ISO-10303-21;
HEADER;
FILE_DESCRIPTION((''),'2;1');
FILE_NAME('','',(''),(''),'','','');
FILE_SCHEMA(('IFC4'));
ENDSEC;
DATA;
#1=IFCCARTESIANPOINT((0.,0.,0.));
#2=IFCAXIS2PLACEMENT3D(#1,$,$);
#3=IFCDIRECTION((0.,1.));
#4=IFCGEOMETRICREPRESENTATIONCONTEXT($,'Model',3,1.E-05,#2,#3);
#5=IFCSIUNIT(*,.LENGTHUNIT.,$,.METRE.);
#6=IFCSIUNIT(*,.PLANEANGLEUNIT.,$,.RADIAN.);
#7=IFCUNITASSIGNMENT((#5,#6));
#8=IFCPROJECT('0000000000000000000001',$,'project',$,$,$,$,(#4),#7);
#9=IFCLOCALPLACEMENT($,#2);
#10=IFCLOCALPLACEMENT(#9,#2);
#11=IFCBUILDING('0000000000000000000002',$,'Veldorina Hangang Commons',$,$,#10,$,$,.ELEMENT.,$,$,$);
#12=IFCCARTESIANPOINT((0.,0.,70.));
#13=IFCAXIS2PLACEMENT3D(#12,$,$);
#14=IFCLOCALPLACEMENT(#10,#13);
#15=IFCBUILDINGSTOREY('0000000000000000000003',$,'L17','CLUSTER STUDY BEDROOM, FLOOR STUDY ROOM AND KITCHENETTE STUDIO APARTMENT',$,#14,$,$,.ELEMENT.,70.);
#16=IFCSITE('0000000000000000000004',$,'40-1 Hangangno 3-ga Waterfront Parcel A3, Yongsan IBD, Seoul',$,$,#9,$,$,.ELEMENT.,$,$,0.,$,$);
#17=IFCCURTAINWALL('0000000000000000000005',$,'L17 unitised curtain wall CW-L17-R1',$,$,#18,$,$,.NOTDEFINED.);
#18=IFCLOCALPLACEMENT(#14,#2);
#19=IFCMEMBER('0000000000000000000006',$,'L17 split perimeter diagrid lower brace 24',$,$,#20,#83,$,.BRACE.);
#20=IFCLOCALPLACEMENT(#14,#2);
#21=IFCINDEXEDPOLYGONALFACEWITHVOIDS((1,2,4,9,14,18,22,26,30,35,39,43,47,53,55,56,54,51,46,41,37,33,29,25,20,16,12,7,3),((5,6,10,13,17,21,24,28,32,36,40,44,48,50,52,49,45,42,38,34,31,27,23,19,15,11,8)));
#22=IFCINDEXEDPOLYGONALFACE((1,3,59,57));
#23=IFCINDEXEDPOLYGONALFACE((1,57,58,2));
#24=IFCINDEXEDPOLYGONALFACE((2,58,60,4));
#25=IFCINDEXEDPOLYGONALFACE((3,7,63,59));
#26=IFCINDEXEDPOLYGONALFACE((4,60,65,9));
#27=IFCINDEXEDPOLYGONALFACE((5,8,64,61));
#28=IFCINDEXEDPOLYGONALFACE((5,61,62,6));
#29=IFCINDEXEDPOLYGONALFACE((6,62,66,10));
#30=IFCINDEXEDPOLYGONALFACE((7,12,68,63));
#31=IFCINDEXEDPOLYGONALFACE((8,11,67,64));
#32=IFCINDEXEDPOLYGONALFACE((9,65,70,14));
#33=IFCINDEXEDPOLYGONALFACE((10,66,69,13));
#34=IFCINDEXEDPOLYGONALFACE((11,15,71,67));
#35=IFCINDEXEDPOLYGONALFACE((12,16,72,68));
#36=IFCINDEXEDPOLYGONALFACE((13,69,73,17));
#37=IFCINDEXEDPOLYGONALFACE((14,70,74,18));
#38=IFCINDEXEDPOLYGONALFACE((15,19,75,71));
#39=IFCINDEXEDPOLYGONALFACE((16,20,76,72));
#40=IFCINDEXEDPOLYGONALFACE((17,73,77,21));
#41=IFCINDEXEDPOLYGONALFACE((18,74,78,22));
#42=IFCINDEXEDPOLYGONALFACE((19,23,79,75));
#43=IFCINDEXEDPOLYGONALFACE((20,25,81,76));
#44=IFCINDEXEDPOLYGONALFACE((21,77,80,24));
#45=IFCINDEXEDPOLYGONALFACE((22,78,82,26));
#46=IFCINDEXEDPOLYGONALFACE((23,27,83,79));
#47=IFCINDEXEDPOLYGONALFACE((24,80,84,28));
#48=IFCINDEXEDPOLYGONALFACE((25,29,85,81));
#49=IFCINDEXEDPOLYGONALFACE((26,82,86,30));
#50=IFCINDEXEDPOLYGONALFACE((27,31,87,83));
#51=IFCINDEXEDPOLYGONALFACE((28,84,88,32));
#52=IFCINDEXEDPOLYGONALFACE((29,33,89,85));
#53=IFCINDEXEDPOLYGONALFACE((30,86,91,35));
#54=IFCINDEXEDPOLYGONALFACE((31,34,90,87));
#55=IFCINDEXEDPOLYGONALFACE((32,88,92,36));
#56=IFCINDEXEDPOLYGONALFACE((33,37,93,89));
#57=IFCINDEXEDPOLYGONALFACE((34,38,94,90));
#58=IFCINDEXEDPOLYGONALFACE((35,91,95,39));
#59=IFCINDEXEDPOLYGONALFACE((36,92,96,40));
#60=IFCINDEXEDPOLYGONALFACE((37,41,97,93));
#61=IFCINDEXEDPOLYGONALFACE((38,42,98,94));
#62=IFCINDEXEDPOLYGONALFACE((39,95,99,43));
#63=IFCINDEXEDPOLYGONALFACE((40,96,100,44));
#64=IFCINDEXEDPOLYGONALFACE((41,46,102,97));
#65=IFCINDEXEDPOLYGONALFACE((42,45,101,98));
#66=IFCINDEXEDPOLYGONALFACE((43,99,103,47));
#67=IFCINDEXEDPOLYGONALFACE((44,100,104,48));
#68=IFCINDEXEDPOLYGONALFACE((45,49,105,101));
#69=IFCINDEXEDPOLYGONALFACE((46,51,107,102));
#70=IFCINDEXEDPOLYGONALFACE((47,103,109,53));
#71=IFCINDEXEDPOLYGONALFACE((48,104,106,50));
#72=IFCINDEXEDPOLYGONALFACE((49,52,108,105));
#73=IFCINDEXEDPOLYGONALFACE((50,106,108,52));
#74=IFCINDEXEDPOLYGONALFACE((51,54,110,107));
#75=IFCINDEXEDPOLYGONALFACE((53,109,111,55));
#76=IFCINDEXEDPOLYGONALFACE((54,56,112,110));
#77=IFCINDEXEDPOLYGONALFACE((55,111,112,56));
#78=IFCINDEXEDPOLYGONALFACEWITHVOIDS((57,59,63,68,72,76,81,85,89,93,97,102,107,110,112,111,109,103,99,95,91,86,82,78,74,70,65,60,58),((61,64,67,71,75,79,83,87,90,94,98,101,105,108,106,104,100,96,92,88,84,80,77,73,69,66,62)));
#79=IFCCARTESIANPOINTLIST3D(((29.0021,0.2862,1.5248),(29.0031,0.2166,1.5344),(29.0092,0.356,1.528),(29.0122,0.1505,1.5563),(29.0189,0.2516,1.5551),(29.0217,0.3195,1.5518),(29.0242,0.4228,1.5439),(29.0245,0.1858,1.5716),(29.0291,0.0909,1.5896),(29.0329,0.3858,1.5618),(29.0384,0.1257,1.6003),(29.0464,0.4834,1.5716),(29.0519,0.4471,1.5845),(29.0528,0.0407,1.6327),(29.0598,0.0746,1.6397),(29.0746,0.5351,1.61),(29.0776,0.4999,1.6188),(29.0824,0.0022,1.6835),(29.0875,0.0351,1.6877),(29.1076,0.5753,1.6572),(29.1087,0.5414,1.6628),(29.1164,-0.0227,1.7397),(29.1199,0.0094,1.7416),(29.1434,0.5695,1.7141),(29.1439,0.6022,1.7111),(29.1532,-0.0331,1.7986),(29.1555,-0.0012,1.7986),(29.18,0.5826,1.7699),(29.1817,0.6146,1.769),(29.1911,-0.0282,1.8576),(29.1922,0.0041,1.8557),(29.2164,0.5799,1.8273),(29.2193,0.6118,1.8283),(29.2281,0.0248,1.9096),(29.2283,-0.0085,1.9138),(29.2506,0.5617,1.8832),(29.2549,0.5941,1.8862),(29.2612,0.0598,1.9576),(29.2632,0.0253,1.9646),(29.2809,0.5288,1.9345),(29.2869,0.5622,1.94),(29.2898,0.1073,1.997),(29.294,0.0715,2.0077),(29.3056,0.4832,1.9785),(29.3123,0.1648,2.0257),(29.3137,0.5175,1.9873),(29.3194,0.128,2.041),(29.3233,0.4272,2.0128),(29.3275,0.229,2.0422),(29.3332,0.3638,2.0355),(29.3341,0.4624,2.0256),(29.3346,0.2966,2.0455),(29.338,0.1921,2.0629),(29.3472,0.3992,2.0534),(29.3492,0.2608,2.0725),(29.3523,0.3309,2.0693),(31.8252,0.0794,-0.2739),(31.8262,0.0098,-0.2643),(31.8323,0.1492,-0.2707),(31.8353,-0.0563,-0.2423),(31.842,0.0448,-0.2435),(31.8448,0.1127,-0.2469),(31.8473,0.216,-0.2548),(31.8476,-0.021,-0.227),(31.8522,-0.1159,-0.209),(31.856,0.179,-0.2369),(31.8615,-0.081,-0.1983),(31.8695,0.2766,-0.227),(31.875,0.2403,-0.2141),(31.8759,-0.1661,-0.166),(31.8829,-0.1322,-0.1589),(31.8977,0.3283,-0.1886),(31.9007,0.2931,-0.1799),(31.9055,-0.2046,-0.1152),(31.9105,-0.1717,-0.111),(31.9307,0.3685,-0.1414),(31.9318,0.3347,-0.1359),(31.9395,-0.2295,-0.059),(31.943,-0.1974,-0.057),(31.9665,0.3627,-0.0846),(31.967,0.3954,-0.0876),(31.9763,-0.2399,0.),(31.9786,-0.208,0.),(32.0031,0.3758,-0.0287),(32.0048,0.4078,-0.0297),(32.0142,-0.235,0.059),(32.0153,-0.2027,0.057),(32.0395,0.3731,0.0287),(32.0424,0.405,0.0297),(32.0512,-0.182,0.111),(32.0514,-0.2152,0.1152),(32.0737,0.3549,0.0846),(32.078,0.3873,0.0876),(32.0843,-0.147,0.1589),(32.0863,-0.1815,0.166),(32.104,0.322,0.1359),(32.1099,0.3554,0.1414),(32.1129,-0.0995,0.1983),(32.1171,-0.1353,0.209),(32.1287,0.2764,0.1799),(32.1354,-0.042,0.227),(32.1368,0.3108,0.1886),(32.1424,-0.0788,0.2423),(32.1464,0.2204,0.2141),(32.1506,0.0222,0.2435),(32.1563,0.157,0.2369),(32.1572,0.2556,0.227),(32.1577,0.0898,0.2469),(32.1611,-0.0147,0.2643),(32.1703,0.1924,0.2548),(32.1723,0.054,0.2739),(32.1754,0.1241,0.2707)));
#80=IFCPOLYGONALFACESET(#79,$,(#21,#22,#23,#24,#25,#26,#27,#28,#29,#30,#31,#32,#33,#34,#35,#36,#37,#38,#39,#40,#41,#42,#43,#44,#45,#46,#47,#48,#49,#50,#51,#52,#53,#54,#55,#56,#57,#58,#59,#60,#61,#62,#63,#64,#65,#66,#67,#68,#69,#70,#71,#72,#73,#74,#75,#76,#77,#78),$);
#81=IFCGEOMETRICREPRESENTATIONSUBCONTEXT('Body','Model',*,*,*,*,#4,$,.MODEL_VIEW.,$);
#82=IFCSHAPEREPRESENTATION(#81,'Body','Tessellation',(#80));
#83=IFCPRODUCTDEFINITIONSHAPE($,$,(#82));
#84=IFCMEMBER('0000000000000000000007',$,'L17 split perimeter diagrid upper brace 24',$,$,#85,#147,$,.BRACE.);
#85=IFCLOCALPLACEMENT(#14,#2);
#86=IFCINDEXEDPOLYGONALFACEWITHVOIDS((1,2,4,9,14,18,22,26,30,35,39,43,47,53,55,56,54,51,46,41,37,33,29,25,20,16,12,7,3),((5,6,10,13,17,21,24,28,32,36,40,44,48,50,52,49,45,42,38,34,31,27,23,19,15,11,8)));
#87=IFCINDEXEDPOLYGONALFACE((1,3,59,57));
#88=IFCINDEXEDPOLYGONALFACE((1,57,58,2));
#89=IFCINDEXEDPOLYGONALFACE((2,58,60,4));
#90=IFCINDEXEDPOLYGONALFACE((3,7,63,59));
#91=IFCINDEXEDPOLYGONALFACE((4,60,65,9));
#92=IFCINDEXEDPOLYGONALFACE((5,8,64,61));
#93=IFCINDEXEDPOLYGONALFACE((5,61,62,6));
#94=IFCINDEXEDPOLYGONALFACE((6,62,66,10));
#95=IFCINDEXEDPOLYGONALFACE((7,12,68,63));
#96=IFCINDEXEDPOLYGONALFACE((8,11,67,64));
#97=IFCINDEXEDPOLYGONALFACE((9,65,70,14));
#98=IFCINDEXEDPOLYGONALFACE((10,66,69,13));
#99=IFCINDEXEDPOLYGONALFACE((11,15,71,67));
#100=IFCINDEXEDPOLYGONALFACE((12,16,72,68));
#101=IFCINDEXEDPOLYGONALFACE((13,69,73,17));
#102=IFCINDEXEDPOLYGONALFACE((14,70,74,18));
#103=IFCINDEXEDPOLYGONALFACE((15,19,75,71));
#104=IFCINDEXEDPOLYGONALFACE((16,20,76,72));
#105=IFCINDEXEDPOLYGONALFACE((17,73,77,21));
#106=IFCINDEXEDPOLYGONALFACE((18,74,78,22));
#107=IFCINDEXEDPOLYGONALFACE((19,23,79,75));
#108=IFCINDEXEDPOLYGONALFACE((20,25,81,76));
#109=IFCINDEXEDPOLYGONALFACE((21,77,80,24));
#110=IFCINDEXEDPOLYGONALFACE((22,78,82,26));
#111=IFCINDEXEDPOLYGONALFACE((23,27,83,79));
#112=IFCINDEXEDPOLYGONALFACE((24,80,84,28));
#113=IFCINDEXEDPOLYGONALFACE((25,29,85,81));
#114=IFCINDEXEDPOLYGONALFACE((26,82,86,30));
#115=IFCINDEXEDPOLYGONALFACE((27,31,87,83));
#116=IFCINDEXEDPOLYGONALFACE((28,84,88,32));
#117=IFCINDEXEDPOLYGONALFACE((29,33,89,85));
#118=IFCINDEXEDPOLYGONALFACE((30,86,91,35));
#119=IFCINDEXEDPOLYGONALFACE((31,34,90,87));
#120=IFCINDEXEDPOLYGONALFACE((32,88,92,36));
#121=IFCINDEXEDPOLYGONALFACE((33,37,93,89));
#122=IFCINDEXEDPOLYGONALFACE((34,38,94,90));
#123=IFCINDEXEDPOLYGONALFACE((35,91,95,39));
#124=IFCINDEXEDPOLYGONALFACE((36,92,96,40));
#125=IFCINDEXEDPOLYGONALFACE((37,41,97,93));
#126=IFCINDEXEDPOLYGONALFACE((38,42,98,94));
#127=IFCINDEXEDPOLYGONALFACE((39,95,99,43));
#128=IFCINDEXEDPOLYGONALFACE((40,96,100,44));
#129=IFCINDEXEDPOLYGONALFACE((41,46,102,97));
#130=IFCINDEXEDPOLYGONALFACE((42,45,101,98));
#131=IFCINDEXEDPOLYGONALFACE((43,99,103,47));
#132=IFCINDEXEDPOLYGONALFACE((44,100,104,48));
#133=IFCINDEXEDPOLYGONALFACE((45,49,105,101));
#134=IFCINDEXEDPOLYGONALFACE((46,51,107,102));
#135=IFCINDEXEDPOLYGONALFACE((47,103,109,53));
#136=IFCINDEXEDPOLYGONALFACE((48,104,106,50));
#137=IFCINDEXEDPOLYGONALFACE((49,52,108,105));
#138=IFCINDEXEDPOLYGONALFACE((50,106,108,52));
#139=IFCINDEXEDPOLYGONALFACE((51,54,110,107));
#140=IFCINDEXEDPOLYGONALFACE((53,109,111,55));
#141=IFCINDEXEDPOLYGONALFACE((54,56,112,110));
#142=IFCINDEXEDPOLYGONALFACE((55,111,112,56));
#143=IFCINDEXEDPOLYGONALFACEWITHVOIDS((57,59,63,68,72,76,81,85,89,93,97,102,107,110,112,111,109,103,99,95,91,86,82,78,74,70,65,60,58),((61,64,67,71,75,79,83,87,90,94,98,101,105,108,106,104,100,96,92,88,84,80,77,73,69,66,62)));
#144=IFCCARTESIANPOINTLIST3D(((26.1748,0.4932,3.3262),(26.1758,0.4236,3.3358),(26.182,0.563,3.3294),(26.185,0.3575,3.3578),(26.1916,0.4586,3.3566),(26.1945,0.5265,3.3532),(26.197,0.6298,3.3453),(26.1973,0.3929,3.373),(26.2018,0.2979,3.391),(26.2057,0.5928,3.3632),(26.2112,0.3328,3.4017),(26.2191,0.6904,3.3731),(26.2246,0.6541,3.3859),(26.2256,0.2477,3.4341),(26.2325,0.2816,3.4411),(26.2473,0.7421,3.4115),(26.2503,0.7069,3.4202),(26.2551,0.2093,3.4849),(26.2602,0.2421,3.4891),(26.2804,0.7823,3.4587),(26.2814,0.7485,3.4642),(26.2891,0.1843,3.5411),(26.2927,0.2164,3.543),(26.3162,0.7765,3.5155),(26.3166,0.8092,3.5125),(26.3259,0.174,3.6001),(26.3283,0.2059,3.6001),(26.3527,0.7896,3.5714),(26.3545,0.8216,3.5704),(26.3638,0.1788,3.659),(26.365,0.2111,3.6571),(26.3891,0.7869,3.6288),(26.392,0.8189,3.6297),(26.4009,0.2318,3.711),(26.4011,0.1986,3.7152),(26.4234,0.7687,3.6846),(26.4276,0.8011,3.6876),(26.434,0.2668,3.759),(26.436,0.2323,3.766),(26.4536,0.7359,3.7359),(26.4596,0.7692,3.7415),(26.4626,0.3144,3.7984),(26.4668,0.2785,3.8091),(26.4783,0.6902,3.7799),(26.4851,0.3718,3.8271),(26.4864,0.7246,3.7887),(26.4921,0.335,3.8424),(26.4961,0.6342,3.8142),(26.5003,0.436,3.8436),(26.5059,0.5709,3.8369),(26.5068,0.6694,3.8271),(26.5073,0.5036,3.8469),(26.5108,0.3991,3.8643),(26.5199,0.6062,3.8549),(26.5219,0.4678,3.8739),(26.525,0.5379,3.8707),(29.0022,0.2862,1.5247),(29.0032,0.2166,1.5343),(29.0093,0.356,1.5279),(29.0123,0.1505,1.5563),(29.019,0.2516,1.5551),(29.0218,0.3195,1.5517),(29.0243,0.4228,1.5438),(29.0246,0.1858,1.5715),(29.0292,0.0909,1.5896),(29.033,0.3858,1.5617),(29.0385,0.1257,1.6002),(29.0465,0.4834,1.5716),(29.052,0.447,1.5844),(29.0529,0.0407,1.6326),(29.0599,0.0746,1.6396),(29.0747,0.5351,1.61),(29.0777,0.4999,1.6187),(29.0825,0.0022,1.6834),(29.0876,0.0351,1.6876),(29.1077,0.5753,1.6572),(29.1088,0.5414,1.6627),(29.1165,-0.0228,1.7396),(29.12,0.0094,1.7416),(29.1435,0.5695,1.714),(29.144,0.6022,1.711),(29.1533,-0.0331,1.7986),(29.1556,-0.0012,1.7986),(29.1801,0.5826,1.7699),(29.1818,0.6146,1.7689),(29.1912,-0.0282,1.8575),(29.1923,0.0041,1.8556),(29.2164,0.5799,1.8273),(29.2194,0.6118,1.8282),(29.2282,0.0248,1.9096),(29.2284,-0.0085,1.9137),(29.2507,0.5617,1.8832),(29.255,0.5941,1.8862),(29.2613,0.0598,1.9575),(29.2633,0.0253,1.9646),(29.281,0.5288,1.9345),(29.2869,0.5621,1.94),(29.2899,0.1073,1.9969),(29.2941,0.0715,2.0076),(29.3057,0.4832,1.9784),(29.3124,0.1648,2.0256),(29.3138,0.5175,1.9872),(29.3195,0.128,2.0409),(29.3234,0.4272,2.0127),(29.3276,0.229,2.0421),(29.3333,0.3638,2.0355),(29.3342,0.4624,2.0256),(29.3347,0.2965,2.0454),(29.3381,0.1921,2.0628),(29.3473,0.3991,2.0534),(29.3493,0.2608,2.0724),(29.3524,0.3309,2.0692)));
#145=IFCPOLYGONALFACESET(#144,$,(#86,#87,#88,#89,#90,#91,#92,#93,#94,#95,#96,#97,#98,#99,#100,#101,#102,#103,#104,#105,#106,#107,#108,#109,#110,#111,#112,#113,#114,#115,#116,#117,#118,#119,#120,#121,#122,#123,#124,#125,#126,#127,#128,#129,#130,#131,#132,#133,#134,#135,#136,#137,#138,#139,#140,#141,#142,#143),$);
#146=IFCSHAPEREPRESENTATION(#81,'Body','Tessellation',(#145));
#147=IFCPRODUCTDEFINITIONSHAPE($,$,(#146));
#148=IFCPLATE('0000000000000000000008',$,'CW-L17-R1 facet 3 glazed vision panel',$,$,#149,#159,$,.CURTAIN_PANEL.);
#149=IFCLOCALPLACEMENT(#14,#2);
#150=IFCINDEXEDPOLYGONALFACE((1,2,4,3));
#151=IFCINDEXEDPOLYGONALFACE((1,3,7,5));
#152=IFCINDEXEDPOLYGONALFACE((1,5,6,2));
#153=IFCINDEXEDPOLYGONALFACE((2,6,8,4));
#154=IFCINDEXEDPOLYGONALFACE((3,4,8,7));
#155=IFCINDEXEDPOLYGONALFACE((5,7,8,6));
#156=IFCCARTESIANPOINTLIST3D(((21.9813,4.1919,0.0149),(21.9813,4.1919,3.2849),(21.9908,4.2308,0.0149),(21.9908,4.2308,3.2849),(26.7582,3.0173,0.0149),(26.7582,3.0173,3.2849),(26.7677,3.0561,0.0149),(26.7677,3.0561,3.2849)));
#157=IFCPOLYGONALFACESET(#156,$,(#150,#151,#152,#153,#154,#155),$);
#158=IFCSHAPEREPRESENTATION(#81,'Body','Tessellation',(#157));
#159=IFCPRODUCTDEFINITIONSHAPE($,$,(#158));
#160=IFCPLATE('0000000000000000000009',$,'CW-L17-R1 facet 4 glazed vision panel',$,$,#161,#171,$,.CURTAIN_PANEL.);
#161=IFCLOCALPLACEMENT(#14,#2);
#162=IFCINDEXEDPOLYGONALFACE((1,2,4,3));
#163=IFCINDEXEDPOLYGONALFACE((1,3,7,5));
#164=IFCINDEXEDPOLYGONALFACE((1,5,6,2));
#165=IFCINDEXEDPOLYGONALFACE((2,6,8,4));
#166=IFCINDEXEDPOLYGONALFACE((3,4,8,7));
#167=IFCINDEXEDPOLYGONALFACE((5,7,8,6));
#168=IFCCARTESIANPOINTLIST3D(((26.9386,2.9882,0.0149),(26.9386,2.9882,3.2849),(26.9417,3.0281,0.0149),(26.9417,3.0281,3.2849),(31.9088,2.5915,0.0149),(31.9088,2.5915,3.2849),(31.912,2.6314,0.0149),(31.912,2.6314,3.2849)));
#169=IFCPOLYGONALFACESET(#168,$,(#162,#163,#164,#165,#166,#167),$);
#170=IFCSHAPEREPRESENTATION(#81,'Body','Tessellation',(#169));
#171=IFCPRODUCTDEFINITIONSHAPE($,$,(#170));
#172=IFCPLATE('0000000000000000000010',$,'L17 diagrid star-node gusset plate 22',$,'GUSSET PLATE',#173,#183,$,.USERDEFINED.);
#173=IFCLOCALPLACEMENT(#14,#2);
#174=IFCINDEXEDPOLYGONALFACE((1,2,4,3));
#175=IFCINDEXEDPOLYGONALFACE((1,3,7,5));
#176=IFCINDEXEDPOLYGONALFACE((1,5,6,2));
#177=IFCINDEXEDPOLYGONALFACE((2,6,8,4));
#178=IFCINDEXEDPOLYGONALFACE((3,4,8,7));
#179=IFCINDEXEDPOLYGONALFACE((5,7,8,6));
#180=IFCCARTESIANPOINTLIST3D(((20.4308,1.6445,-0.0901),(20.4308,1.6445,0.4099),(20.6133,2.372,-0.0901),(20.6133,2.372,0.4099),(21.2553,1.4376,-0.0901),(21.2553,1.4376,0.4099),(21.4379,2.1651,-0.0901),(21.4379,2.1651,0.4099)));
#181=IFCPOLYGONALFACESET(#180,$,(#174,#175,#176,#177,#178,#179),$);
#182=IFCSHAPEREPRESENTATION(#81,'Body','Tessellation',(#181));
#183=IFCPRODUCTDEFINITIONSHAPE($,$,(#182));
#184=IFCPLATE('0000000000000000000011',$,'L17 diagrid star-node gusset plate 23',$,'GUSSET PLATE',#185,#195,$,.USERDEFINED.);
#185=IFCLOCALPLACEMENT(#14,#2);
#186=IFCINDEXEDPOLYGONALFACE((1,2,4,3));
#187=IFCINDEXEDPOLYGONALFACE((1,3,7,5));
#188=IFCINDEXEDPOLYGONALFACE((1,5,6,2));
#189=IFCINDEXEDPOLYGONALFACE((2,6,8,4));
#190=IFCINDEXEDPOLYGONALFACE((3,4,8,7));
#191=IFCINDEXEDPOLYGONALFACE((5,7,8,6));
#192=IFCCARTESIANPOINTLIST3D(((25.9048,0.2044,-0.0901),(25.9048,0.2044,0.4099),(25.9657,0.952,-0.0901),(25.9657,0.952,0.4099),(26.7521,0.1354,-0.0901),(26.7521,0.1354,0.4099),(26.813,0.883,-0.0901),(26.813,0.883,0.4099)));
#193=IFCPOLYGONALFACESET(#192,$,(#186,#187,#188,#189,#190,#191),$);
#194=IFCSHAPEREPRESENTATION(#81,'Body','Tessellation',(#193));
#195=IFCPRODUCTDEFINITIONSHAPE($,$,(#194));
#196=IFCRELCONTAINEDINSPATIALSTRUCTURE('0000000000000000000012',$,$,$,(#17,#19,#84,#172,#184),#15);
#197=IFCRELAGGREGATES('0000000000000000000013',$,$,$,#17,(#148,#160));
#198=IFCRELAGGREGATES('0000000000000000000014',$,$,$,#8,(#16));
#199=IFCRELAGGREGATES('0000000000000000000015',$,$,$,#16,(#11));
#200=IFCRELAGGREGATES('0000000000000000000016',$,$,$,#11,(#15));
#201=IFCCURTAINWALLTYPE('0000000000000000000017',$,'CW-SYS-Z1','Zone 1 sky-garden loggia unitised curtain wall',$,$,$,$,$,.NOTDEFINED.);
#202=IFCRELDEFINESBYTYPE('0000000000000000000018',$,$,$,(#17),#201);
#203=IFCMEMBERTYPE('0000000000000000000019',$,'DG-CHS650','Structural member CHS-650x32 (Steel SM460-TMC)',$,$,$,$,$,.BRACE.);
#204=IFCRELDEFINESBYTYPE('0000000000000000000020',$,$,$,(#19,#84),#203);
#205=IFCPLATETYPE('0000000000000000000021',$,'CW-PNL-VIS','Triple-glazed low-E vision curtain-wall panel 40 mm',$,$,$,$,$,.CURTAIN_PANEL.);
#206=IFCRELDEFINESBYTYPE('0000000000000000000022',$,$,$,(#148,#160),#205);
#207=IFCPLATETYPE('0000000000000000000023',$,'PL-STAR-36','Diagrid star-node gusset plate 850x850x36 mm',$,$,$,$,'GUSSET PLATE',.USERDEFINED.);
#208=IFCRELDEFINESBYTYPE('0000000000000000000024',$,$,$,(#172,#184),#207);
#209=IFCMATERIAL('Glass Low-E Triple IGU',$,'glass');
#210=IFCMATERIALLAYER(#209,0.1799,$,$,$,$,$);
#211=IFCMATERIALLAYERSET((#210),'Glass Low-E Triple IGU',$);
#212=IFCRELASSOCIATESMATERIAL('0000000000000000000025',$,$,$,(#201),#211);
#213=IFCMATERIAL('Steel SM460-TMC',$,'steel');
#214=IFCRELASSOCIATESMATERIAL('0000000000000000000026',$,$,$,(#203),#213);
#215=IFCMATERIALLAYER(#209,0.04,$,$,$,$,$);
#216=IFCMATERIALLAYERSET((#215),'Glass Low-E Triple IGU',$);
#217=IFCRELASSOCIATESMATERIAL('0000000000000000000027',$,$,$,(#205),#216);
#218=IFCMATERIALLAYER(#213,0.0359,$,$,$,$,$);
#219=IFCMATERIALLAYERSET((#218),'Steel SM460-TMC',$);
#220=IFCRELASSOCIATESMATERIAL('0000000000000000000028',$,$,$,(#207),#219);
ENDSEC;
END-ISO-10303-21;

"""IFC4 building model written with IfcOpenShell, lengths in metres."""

from ifc_helpers import new_model, si_unit, direction, frame, origin, origin_2d, place, context, subcontext, project, spatial, rectangle, hollow_circle, extrude, material, layer, layer_set, material_profile, profile_set, type_object, element, aggregate, save


model = new_model("IFC4")

# Units and contexts
model_context = context("Model", 3, precision=1e-05, world=origin(), true_north=direction((0.0, 1.0)))
body_context = subcontext(model_context, "Body", "Model", "MODEL_VIEW")
ifc_project = project(units=[si_unit("LENGTHUNIT", "METRE"), si_unit("PLANEANGLEUNIT", "RADIAN")], contexts=[model_context])

# Site, building, storey
site_placement = place(None, origin())
site = spatial("IfcSite", under=ifc_project, at=site_placement, Name="40-1 Hangangno 3-ga Waterfront Parcel A3, Yongsan IBD, Seoul", CompositionType="ELEMENT", RefElevation=0.0)
building_placement = place(site_placement, origin())
building = spatial("IfcBuilding", under=site, at=building_placement, Name="Veldorina Hangang Commons", CompositionType="ELEMENT")
storey_placement = place(building_placement, frame((0.0, 0.0, 70.0)))
storey = spatial("IfcBuildingStorey", under=building, at=storey_placement, Name="L17", Description="CLUSTER STUDY BEDROOM, FLOOR STUDY ROOM AND KITCHENETTE STUDIO APARTMENT", CompositionType="ELEMENT", Elevation=70.0)

# Curtain wall
ifc_material_1 = material(Name="Glass Low-E Triple IGU", Category="glass")
ifc_layer_1 = layer(ifc_material_1, 0.1799)
ifc_layer_set_1 = layer_set([ifc_layer_1], Name="Glass Low-E Triple IGU")
curtain_wall_type = type_object("IfcCurtainWallType", Name="CW-SYS-Z1", Description="Zone 1 sky-garden loggia unitised curtain wall", PredefinedType="NOTDEFINED", material=ifc_layer_set_1)
curtain_wall_placement = place(storey_placement, origin())
curtain_wall = element("IfcCurtainWall", 1, at=curtain_wall_placement, inside=storey, type_object=curtain_wall_type, Name="L17 unitised curtain wall CW-L17-R1", PredefinedType="NOTDEFINED")

# Members
ifc_material_2 = material(Name="Steel SM460-TMC", Category="steel")
ifc_material_profile_1 = material_profile(ifc_material_2, hollow_circle(Radius=0.325, WallThickness=0.032, at=origin_2d()), Name="CHS-650x32")
ifc_profile_set_1 = profile_set([ifc_material_profile_1], Name="Steel SM460-TMC")
member_type_1 = type_object("IfcMemberType", Name="DG-CHS650", Description="Structural member CHS-650x32 (Steel SM460-TMC)", PredefinedType="BRACE", material=ifc_profile_set_1)
member_1_placement = place(storey_placement, frame((32.0, 0.0842, 0.0), z_axis=(-0.841768, 0.06166, 0.536306), x_axis=(-0.073055, -0.997328, 0.0)))
element("IfcMember", 2, at=member_1_placement, inside=storey, type_object=member_type_1, Name="L17 split perimeter diagrid lower brace 24", PredefinedType="BRACE", context=body_context, shape_type="SweptSolid", body=[
    extrude(hollow_circle(Radius=0.325, WallThickness=0.032, at=origin_2d()), origin(), (0.0, 0.0, 1.0), 3.3538),
])
member_2_placement = place(storey_placement, frame((29.177, 0.291, 1.7986), z_axis=(-0.841752, 0.061636, 0.536334), x_axis=(-0.073028, -0.99733, 0.0)))
element("IfcMember", 3, at=member_2_placement, inside=storey, type_object=member_type_1, Name="L17 split perimeter diagrid upper brace 24", PredefinedType="BRACE", context=body_context, shape_type="SweptSolid", body=[
    extrude(hollow_circle(Radius=0.325, WallThickness=0.032, at=origin_2d()), origin(), (0.0, 0.0, 1.0), 3.3589),
])

# Plates
ifc_layer_2 = layer(ifc_material_1, 0.04)
ifc_layer_set_2 = layer_set([ifc_layer_2], Name="Glass Low-E Triple IGU")
plate_type_1 = type_object("IfcPlateType", Name="CW-PNL-VIS", Description="Triple-glazed low-E vision curtain-wall panel 40 mm", PredefinedType="CURTAIN_PANEL", material=ifc_layer_set_2)
plate_1_placement = place(storey_placement, frame((24.3745, 3.624, 0.0149), z_axis=(0.0, 0.0, 1.0), x_axis=(0.971072, -0.238788, 0.0)))
plate_1 = element("IfcPlate", 4, at=plate_1_placement, type_object=plate_type_1, Name="CW-L17-R1 facet 3 glazed vision panel", PredefinedType="CURTAIN_PANEL", context=body_context, shape_type="SweptSolid", body=[
    extrude(rectangle(XDim=4.9192, YDim=0.04, at=origin_2d()), origin(), (0.0, 0.0, 1.0), 3.27),
])
plate_2_placement = place(storey_placement, frame((29.4253, 2.8098, 0.0149), z_axis=(0.0, 0.0, 1.0), x_axis=(0.996829, -0.079573, 0.0)))
plate_2 = element("IfcPlate", 5, at=plate_2_placement, type_object=plate_type_1, Name="CW-L17-R1 facet 4 glazed vision panel", PredefinedType="CURTAIN_PANEL", context=body_context, shape_type="SweptSolid", body=[
    extrude(rectangle(XDim=4.9861, YDim=0.04, at=origin_2d()), origin(), (0.0, 0.0, 1.0), 3.27),
])
aggregate(curtain_wall, [plate_1, plate_2])

# Plates
ifc_layer_3 = layer(ifc_material_2, 0.0359)
ifc_layer_set_3 = layer_set([ifc_layer_3], Name="Steel SM460-TMC")
plate_type_2 = type_object("IfcPlateType", Name="PL-STAR-36", Description="Diagrid star-node gusset plate 850x850x36 mm", ElementType="GUSSET PLATE", PredefinedType="USERDEFINED", material=ifc_layer_set_3)
for number, where, z_axis, x_axis, name in (
    (6, (20.9343, 1.9048, -0.0901), (0.0, 0.0, 1.0), (0.969936, -0.243361, 0.0), "L17 diagrid star-node gusset plate 22"),
    (7, (26.3589, 0.5437, -0.0901), (0.0, 0.0, 1.0), (0.996699, -0.081191, 0.0), "L17 diagrid star-node gusset plate 23"),
):
    element("IfcPlate", number, at=place(storey_placement, frame(where, z_axis=z_axis, x_axis=x_axis)), inside=storey, type_object=plate_type_2, Name=name, ObjectType="GUSSET PLATE", PredefinedType="USERDEFINED", context=body_context, shape_type="SweptSolid", body=[
        extrude(rectangle(XDim=0.8501, YDim=0.75, at=origin_2d()), origin(), (0.0, 0.0, 1.0), 0.5),
    ])

save(model, "model.ifc")
